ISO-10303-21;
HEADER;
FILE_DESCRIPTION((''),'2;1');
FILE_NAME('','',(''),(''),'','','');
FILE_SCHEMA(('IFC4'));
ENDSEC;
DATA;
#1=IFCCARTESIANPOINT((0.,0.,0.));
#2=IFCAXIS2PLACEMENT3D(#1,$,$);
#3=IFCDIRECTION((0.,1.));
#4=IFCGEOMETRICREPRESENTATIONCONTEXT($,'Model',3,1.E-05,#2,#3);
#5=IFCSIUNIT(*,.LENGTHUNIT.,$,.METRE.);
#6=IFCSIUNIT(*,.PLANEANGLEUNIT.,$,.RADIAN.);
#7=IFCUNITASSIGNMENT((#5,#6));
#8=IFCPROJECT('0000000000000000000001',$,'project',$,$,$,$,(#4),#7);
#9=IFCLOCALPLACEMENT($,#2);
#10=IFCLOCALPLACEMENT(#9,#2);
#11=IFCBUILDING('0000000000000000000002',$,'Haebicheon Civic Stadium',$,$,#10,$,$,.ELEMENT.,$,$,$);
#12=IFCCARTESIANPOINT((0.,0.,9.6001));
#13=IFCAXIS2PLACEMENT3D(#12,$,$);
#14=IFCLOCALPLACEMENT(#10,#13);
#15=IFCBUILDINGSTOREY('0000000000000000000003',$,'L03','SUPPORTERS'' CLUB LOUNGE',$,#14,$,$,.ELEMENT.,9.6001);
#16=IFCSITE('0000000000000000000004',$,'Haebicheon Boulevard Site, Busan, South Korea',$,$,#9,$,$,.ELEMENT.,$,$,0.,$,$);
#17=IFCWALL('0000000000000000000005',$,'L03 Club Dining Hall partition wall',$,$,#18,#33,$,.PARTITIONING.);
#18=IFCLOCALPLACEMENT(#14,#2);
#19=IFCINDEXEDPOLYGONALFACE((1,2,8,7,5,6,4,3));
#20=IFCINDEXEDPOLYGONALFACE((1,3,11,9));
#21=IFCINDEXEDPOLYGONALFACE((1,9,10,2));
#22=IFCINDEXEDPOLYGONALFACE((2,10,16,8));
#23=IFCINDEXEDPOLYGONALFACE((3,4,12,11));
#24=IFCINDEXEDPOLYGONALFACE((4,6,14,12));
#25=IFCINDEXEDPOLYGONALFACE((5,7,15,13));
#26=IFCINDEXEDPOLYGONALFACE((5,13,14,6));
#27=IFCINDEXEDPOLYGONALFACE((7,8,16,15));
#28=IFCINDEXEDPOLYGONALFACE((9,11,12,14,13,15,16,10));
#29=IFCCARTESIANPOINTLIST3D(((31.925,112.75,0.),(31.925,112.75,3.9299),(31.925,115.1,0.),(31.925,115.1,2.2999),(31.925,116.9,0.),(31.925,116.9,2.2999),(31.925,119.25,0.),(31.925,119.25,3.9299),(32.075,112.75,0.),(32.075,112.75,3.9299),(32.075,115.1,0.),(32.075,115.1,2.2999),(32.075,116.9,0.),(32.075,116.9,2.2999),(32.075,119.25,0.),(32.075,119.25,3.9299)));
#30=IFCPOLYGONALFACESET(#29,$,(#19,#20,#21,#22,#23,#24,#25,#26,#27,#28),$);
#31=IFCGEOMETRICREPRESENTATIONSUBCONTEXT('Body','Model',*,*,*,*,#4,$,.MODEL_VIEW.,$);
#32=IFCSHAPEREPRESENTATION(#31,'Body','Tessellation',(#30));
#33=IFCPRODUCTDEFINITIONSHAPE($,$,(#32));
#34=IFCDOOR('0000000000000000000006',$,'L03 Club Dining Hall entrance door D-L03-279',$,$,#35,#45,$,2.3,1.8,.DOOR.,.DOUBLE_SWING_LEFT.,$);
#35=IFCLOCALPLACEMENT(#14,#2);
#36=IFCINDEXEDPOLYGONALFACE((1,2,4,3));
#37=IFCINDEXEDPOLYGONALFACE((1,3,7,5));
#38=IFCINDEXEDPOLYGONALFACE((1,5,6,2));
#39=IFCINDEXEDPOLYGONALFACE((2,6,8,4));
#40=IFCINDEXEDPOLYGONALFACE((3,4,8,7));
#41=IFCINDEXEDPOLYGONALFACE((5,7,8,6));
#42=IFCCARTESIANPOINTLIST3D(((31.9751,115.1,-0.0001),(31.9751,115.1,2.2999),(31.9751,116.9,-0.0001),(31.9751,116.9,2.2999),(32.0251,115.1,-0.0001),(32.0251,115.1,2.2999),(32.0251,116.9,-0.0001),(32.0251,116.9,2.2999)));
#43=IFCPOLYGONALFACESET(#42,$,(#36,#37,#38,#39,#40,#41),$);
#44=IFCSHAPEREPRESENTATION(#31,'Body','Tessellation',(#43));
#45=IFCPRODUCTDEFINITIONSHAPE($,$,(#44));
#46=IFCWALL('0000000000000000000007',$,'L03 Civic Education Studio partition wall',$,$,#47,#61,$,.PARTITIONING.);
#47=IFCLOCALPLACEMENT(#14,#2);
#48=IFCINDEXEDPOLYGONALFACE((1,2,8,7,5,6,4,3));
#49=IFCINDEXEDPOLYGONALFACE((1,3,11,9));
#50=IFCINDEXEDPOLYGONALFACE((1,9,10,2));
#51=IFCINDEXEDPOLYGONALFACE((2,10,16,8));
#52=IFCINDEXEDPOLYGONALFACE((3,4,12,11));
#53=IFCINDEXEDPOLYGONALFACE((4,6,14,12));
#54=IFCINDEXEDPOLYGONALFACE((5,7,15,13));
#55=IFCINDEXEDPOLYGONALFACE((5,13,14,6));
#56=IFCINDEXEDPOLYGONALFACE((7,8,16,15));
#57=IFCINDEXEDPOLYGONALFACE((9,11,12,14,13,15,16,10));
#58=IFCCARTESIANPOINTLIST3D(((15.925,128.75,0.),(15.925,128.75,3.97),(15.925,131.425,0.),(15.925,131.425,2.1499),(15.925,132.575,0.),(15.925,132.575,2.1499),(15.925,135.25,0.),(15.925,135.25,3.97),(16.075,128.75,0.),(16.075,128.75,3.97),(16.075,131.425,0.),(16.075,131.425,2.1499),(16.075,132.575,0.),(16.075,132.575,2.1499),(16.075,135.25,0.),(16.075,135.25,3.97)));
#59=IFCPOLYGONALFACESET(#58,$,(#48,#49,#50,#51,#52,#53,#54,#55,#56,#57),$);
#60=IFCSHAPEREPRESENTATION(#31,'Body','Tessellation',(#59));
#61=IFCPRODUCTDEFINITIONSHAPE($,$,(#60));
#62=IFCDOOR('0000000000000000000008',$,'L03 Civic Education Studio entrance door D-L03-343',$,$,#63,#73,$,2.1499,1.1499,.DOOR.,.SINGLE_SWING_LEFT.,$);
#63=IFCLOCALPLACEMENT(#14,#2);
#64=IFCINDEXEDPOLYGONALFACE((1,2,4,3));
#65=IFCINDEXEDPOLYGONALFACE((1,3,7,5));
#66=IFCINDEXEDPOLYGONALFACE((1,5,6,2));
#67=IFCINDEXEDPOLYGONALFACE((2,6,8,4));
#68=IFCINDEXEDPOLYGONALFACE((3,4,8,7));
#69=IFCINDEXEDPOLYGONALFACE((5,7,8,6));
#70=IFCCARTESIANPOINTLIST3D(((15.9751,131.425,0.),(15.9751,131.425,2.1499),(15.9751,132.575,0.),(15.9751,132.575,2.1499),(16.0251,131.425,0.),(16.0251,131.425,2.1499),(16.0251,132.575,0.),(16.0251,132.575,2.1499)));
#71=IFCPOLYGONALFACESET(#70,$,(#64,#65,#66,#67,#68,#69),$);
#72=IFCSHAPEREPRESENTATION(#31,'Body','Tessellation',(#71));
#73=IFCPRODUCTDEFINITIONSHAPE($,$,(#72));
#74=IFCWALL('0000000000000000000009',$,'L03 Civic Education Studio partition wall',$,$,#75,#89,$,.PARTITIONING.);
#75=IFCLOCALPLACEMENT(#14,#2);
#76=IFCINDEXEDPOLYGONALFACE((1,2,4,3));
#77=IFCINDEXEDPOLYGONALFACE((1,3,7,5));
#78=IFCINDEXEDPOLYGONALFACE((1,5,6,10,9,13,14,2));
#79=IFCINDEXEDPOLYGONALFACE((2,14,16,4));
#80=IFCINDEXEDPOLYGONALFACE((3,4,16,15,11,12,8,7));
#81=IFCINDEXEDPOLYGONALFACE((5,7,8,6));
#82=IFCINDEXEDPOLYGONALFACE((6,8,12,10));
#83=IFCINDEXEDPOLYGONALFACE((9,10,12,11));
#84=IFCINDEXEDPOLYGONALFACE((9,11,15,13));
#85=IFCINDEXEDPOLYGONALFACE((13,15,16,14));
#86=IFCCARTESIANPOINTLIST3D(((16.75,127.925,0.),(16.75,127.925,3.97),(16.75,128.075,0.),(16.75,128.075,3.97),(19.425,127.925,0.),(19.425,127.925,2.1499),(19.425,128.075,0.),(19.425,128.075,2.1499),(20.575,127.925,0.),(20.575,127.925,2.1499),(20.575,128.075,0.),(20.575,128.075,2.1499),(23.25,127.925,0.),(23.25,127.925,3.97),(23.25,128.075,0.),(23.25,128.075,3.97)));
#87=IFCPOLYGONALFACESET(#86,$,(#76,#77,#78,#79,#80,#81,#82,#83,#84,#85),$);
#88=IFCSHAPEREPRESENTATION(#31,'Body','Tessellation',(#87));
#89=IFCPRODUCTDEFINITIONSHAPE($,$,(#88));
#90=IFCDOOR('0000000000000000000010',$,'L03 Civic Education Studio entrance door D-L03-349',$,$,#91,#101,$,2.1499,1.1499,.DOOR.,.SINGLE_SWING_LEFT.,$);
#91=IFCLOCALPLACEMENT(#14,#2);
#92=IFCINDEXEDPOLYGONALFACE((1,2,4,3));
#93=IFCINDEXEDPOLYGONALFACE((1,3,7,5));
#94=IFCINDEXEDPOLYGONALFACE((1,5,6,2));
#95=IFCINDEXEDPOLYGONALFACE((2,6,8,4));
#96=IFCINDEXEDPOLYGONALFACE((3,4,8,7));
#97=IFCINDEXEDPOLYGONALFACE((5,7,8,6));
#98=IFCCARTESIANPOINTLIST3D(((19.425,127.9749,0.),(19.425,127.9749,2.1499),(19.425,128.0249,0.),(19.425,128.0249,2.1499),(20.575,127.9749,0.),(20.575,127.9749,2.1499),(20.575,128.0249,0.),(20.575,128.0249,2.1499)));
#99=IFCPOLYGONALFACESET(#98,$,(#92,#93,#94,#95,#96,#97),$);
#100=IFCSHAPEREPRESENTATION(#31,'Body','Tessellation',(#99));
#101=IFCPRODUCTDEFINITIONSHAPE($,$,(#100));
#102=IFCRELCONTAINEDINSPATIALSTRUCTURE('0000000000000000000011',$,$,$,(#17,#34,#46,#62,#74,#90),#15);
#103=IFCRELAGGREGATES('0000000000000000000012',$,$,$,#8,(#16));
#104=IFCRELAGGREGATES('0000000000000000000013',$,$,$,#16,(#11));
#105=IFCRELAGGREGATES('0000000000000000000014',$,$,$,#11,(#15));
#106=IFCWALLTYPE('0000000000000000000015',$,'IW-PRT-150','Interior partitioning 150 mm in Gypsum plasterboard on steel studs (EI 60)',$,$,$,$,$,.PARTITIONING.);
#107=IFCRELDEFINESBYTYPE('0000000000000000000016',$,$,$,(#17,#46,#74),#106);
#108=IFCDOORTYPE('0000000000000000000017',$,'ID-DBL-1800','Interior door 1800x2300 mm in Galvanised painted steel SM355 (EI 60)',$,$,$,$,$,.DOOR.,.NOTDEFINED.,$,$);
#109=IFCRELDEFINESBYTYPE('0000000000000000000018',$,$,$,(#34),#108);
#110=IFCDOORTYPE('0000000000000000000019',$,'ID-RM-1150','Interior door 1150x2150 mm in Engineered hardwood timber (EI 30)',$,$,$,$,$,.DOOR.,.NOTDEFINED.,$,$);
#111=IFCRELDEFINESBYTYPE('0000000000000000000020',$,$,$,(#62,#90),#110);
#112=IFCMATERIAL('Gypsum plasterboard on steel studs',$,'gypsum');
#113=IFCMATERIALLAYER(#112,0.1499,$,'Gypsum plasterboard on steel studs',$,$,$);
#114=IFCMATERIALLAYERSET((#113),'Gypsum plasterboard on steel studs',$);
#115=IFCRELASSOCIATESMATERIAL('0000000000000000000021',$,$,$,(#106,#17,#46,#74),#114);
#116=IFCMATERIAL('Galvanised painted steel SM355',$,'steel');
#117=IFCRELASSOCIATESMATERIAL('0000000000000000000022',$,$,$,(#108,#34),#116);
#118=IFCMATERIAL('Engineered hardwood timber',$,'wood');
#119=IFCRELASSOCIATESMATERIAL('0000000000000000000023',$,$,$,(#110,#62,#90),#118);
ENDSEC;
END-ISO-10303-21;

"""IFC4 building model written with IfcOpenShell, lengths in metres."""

from ifc_helpers import new_model, si_unit, direction, frame, frame_2d, origin, place, context, subcontext, project, spatial, rectangle, extrude, material, layer, layer_set, type_object, element, fill, save


model = new_model("IFC4")

# Units and contexts
model_context = context("Model", 3, precision=1e-05, world=origin(), true_north=direction((0.0, 1.0)))
body_context = subcontext(model_context, "Body", "Model", "MODEL_VIEW")
ifc_project = project(units=[si_unit("LENGTHUNIT", "METRE"), si_unit("PLANEANGLEUNIT", "RADIAN")], contexts=[model_context])

# Site, building, storey
site_placement = place(None, origin())
site = spatial("IfcSite", under=ifc_project, at=site_placement, Name="Haebicheon Boulevard Site, Busan, South Korea", CompositionType="ELEMENT", RefElevation=0.0)
building_placement = place(site_placement, origin())
building = spatial("IfcBuilding", under=site, at=building_placement, Name="Haebicheon Civic Stadium", CompositionType="ELEMENT")
storey_placement = place(building_placement, frame((0.0, 0.0, 9.6001)))
storey = spatial("IfcBuildingStorey", under=building, at=storey_placement, Name="L03", Description="SUPPORTERS' CLUB LOUNGE", CompositionType="ELEMENT", Elevation=9.6001)

# Walls, openings, doors
ifc_material_1 = material(Name="Gypsum plasterboard on steel studs", Category="gypsum")
ifc_layer_1 = layer(ifc_material_1, 0.1499, Name="Gypsum plasterboard on steel studs")
ifc_layer_set_1 = layer_set([ifc_layer_1], Name="Gypsum plasterboard on steel studs")
wall_type_1 = type_object("IfcWallType", Name="IW-PRT-150", Description="Interior partitioning 150 mm in Gypsum plasterboard on steel studs (EI 60)", PredefinedType="PARTITIONING", material=ifc_layer_set_1)
ifc_material_2 = material(Name="Galvanised painted steel SM355", Category="steel")
door_type_1 = type_object("IfcDoorType", Name="ID-DBL-1800", Description="Interior door 1800x2300 mm in Galvanised painted steel SM355 (EI 60)", OperationType="NOTDEFINED", PredefinedType="DOOR", material=ifc_material_2)
wall_1_placement = place(storey_placement, frame((32.0, 112.75, 0.0), z_axis=(0.0, 0.0, 1.0), x_axis=(0.0, 1.0, 0.0)))
wall_1 = element("IfcWall", 1, at=wall_1_placement, inside=storey, type_object=wall_type_1, material=ifc_layer_set_1, Name="L03 Club Dining Hall partition wall", PredefinedType="PARTITIONING", context=body_context, shape_type="SweptSolid", body=[
    extrude(rectangle(XDim=6.5, YDim=0.1499, at=frame_2d((3.25, 0.0))), origin(), (0.0, 0.0, 1.0), 3.9299),
])
opening_1_placement = place(wall_1_placement, frame((2.3501, 0.0, 0.0)))
opening_1 = element("IfcOpeningElement", 2, at=opening_1_placement, cuts=wall_1, PredefinedType="OPENING", context=body_context, shape_type="SweptSolid", body=[
    extrude(rectangle(XDim=1.8, YDim=2.3, at=frame_2d((0.8999, 1.1499))), frame((0.0, 0.085, 0.0), z_axis=(0.0, -1.0, 0.0), x_axis=(1.0, 0.0, 0.0)), (0.0, 0.0, 1.0), 0.1699),
])
door_1_placement = place(opening_1_placement, origin())
door_1 = element("IfcDoor", 3, at=door_1_placement, inside=storey, type_object=door_type_1, material=ifc_material_2, Name="L03 Club Dining Hall entrance door D-L03-279", OperationType="DOUBLE_SWING_LEFT", OverallHeight=2.3, OverallWidth=1.8, PredefinedType="DOOR", context=body_context, shape_type="SweptSolid", body=[
    extrude(rectangle(XDim=1.8, YDim=2.3, at=frame_2d((0.8999, 1.1499))), frame((0.0, 0.0249, 0.0), z_axis=(0.0, -1.0, 0.0), x_axis=(1.0, 0.0, 0.0)), (0.0, 0.0, 1.0), 0.05),
])
fill(opening_1, door_1)
wall_2_placement = place(storey_placement, frame((16.0, 128.75, 0.0), z_axis=(0.0, 0.0, 1.0), x_axis=(0.0, 1.0, 0.0)))
wall_2 = element("IfcWall", 4, at=wall_2_placement, inside=storey, type_object=wall_type_1, material=ifc_layer_set_1, Name="L03 Civic Education Studio partition wall", PredefinedType="PARTITIONING", context=body_context, shape_type="SweptSolid", body=[
    extrude(rectangle(XDim=6.5, YDim=0.1499, at=frame_2d((3.25, 0.0))), origin(), (0.0, 0.0, 1.0), 3.97),
])
opening_2_placement = place(wall_2_placement, frame((2.675, 0.0, 0.0)))
opening_2 = element("IfcOpeningElement", 5, at=opening_2_placement, cuts=wall_2, PredefinedType="OPENING", context=body_context, shape_type="SweptSolid", body=[
    extrude(rectangle(XDim=1.1499, YDim=2.1499, at=frame_2d((0.575, 1.075))), frame((0.0, 0.085, 0.0), z_axis=(0.0, -1.0, 0.0), x_axis=(1.0, 0.0, 0.0)), (0.0, 0.0, 1.0), 0.1699),
])
ifc_material_3 = material(Name="Engineered hardwood timber", Category="wood")
door_type_2 = type_object("IfcDoorType", Name="ID-RM-1150", Description="Interior door 1150x2150 mm in Engineered hardwood timber (EI 30)", OperationType="NOTDEFINED", PredefinedType="DOOR", material=ifc_material_3)
door_2_placement = place(opening_2_placement, origin())
door_2 = element("IfcDoor", 6, at=door_2_placement, inside=storey, type_object=door_type_2, material=ifc_material_3, Name="L03 Civic Education Studio entrance door D-L03-343", OperationType="SINGLE_SWING_LEFT", OverallHeight=2.1499, OverallWidth=1.1499, PredefinedType="DOOR", context=body_context, shape_type="SweptSolid", body=[
    extrude(rectangle(XDim=1.1499, YDim=2.1499, at=frame_2d((0.575, 1.075))), frame((0.0, 0.0249, 0.0), z_axis=(0.0, -1.0, 0.0), x_axis=(1.0, 0.0, 0.0)), (0.0, 0.0, 1.0), 0.05),
])
fill(opening_2, door_2)
wall_3_placement = place(storey_placement, frame((16.75, 128.0, 0.0), z_axis=(0.0, 0.0, 1.0), x_axis=(1.0, 0.0, 0.0)))
wall_3 = element("IfcWall", 7, at=wall_3_placement, inside=storey, type_object=wall_type_1, material=ifc_layer_set_1, Name="L03 Civic Education Studio partition wall", PredefinedType="PARTITIONING", context=body_context, shape_type="SweptSolid", body=[
    extrude(rectangle(XDim=6.5, YDim=0.1499, at=frame_2d((3.25, 0.0))), origin(), (0.0, 0.0, 1.0), 3.97),
])
opening_3_placement = place(wall_3_placement, frame((2.675, 0.0, 0.0)))
opening_3 = element("IfcOpeningElement", 8, at=opening_3_placement, cuts=wall_3, PredefinedType="OPENING", context=body_context, shape_type="SweptSolid", body=[
    extrude(rectangle(XDim=1.1499, YDim=2.1499, at=frame_2d((0.575, 1.075))), frame((0.0, 0.085, 0.0), z_axis=(0.0, -1.0, 0.0), x_axis=(1.0, 0.0, 0.0)), (0.0, 0.0, 1.0), 0.1699),
])
door_3_placement = place(opening_3_placement, origin())
door_3 = element("IfcDoor", 9, at=door_3_placement, inside=storey, type_object=door_type_2, material=ifc_material_3, Name="L03 Civic Education Studio entrance door D-L03-349", OperationType="SINGLE_SWING_LEFT", OverallHeight=2.1499, OverallWidth=1.1499, PredefinedType="DOOR", context=body_context, shape_type="SweptSolid", body=[
    extrude(rectangle(XDim=1.1499, YDim=2.1499, at=frame_2d((0.575, 1.075))), frame((0.0, 0.0249, 0.0), z_axis=(0.0, -1.0, 0.0), x_axis=(1.0, 0.0, 0.0)), (0.0, 0.0, 1.0), 0.05),
])
fill(opening_3, door_3)

save(model, "model.ifc")
